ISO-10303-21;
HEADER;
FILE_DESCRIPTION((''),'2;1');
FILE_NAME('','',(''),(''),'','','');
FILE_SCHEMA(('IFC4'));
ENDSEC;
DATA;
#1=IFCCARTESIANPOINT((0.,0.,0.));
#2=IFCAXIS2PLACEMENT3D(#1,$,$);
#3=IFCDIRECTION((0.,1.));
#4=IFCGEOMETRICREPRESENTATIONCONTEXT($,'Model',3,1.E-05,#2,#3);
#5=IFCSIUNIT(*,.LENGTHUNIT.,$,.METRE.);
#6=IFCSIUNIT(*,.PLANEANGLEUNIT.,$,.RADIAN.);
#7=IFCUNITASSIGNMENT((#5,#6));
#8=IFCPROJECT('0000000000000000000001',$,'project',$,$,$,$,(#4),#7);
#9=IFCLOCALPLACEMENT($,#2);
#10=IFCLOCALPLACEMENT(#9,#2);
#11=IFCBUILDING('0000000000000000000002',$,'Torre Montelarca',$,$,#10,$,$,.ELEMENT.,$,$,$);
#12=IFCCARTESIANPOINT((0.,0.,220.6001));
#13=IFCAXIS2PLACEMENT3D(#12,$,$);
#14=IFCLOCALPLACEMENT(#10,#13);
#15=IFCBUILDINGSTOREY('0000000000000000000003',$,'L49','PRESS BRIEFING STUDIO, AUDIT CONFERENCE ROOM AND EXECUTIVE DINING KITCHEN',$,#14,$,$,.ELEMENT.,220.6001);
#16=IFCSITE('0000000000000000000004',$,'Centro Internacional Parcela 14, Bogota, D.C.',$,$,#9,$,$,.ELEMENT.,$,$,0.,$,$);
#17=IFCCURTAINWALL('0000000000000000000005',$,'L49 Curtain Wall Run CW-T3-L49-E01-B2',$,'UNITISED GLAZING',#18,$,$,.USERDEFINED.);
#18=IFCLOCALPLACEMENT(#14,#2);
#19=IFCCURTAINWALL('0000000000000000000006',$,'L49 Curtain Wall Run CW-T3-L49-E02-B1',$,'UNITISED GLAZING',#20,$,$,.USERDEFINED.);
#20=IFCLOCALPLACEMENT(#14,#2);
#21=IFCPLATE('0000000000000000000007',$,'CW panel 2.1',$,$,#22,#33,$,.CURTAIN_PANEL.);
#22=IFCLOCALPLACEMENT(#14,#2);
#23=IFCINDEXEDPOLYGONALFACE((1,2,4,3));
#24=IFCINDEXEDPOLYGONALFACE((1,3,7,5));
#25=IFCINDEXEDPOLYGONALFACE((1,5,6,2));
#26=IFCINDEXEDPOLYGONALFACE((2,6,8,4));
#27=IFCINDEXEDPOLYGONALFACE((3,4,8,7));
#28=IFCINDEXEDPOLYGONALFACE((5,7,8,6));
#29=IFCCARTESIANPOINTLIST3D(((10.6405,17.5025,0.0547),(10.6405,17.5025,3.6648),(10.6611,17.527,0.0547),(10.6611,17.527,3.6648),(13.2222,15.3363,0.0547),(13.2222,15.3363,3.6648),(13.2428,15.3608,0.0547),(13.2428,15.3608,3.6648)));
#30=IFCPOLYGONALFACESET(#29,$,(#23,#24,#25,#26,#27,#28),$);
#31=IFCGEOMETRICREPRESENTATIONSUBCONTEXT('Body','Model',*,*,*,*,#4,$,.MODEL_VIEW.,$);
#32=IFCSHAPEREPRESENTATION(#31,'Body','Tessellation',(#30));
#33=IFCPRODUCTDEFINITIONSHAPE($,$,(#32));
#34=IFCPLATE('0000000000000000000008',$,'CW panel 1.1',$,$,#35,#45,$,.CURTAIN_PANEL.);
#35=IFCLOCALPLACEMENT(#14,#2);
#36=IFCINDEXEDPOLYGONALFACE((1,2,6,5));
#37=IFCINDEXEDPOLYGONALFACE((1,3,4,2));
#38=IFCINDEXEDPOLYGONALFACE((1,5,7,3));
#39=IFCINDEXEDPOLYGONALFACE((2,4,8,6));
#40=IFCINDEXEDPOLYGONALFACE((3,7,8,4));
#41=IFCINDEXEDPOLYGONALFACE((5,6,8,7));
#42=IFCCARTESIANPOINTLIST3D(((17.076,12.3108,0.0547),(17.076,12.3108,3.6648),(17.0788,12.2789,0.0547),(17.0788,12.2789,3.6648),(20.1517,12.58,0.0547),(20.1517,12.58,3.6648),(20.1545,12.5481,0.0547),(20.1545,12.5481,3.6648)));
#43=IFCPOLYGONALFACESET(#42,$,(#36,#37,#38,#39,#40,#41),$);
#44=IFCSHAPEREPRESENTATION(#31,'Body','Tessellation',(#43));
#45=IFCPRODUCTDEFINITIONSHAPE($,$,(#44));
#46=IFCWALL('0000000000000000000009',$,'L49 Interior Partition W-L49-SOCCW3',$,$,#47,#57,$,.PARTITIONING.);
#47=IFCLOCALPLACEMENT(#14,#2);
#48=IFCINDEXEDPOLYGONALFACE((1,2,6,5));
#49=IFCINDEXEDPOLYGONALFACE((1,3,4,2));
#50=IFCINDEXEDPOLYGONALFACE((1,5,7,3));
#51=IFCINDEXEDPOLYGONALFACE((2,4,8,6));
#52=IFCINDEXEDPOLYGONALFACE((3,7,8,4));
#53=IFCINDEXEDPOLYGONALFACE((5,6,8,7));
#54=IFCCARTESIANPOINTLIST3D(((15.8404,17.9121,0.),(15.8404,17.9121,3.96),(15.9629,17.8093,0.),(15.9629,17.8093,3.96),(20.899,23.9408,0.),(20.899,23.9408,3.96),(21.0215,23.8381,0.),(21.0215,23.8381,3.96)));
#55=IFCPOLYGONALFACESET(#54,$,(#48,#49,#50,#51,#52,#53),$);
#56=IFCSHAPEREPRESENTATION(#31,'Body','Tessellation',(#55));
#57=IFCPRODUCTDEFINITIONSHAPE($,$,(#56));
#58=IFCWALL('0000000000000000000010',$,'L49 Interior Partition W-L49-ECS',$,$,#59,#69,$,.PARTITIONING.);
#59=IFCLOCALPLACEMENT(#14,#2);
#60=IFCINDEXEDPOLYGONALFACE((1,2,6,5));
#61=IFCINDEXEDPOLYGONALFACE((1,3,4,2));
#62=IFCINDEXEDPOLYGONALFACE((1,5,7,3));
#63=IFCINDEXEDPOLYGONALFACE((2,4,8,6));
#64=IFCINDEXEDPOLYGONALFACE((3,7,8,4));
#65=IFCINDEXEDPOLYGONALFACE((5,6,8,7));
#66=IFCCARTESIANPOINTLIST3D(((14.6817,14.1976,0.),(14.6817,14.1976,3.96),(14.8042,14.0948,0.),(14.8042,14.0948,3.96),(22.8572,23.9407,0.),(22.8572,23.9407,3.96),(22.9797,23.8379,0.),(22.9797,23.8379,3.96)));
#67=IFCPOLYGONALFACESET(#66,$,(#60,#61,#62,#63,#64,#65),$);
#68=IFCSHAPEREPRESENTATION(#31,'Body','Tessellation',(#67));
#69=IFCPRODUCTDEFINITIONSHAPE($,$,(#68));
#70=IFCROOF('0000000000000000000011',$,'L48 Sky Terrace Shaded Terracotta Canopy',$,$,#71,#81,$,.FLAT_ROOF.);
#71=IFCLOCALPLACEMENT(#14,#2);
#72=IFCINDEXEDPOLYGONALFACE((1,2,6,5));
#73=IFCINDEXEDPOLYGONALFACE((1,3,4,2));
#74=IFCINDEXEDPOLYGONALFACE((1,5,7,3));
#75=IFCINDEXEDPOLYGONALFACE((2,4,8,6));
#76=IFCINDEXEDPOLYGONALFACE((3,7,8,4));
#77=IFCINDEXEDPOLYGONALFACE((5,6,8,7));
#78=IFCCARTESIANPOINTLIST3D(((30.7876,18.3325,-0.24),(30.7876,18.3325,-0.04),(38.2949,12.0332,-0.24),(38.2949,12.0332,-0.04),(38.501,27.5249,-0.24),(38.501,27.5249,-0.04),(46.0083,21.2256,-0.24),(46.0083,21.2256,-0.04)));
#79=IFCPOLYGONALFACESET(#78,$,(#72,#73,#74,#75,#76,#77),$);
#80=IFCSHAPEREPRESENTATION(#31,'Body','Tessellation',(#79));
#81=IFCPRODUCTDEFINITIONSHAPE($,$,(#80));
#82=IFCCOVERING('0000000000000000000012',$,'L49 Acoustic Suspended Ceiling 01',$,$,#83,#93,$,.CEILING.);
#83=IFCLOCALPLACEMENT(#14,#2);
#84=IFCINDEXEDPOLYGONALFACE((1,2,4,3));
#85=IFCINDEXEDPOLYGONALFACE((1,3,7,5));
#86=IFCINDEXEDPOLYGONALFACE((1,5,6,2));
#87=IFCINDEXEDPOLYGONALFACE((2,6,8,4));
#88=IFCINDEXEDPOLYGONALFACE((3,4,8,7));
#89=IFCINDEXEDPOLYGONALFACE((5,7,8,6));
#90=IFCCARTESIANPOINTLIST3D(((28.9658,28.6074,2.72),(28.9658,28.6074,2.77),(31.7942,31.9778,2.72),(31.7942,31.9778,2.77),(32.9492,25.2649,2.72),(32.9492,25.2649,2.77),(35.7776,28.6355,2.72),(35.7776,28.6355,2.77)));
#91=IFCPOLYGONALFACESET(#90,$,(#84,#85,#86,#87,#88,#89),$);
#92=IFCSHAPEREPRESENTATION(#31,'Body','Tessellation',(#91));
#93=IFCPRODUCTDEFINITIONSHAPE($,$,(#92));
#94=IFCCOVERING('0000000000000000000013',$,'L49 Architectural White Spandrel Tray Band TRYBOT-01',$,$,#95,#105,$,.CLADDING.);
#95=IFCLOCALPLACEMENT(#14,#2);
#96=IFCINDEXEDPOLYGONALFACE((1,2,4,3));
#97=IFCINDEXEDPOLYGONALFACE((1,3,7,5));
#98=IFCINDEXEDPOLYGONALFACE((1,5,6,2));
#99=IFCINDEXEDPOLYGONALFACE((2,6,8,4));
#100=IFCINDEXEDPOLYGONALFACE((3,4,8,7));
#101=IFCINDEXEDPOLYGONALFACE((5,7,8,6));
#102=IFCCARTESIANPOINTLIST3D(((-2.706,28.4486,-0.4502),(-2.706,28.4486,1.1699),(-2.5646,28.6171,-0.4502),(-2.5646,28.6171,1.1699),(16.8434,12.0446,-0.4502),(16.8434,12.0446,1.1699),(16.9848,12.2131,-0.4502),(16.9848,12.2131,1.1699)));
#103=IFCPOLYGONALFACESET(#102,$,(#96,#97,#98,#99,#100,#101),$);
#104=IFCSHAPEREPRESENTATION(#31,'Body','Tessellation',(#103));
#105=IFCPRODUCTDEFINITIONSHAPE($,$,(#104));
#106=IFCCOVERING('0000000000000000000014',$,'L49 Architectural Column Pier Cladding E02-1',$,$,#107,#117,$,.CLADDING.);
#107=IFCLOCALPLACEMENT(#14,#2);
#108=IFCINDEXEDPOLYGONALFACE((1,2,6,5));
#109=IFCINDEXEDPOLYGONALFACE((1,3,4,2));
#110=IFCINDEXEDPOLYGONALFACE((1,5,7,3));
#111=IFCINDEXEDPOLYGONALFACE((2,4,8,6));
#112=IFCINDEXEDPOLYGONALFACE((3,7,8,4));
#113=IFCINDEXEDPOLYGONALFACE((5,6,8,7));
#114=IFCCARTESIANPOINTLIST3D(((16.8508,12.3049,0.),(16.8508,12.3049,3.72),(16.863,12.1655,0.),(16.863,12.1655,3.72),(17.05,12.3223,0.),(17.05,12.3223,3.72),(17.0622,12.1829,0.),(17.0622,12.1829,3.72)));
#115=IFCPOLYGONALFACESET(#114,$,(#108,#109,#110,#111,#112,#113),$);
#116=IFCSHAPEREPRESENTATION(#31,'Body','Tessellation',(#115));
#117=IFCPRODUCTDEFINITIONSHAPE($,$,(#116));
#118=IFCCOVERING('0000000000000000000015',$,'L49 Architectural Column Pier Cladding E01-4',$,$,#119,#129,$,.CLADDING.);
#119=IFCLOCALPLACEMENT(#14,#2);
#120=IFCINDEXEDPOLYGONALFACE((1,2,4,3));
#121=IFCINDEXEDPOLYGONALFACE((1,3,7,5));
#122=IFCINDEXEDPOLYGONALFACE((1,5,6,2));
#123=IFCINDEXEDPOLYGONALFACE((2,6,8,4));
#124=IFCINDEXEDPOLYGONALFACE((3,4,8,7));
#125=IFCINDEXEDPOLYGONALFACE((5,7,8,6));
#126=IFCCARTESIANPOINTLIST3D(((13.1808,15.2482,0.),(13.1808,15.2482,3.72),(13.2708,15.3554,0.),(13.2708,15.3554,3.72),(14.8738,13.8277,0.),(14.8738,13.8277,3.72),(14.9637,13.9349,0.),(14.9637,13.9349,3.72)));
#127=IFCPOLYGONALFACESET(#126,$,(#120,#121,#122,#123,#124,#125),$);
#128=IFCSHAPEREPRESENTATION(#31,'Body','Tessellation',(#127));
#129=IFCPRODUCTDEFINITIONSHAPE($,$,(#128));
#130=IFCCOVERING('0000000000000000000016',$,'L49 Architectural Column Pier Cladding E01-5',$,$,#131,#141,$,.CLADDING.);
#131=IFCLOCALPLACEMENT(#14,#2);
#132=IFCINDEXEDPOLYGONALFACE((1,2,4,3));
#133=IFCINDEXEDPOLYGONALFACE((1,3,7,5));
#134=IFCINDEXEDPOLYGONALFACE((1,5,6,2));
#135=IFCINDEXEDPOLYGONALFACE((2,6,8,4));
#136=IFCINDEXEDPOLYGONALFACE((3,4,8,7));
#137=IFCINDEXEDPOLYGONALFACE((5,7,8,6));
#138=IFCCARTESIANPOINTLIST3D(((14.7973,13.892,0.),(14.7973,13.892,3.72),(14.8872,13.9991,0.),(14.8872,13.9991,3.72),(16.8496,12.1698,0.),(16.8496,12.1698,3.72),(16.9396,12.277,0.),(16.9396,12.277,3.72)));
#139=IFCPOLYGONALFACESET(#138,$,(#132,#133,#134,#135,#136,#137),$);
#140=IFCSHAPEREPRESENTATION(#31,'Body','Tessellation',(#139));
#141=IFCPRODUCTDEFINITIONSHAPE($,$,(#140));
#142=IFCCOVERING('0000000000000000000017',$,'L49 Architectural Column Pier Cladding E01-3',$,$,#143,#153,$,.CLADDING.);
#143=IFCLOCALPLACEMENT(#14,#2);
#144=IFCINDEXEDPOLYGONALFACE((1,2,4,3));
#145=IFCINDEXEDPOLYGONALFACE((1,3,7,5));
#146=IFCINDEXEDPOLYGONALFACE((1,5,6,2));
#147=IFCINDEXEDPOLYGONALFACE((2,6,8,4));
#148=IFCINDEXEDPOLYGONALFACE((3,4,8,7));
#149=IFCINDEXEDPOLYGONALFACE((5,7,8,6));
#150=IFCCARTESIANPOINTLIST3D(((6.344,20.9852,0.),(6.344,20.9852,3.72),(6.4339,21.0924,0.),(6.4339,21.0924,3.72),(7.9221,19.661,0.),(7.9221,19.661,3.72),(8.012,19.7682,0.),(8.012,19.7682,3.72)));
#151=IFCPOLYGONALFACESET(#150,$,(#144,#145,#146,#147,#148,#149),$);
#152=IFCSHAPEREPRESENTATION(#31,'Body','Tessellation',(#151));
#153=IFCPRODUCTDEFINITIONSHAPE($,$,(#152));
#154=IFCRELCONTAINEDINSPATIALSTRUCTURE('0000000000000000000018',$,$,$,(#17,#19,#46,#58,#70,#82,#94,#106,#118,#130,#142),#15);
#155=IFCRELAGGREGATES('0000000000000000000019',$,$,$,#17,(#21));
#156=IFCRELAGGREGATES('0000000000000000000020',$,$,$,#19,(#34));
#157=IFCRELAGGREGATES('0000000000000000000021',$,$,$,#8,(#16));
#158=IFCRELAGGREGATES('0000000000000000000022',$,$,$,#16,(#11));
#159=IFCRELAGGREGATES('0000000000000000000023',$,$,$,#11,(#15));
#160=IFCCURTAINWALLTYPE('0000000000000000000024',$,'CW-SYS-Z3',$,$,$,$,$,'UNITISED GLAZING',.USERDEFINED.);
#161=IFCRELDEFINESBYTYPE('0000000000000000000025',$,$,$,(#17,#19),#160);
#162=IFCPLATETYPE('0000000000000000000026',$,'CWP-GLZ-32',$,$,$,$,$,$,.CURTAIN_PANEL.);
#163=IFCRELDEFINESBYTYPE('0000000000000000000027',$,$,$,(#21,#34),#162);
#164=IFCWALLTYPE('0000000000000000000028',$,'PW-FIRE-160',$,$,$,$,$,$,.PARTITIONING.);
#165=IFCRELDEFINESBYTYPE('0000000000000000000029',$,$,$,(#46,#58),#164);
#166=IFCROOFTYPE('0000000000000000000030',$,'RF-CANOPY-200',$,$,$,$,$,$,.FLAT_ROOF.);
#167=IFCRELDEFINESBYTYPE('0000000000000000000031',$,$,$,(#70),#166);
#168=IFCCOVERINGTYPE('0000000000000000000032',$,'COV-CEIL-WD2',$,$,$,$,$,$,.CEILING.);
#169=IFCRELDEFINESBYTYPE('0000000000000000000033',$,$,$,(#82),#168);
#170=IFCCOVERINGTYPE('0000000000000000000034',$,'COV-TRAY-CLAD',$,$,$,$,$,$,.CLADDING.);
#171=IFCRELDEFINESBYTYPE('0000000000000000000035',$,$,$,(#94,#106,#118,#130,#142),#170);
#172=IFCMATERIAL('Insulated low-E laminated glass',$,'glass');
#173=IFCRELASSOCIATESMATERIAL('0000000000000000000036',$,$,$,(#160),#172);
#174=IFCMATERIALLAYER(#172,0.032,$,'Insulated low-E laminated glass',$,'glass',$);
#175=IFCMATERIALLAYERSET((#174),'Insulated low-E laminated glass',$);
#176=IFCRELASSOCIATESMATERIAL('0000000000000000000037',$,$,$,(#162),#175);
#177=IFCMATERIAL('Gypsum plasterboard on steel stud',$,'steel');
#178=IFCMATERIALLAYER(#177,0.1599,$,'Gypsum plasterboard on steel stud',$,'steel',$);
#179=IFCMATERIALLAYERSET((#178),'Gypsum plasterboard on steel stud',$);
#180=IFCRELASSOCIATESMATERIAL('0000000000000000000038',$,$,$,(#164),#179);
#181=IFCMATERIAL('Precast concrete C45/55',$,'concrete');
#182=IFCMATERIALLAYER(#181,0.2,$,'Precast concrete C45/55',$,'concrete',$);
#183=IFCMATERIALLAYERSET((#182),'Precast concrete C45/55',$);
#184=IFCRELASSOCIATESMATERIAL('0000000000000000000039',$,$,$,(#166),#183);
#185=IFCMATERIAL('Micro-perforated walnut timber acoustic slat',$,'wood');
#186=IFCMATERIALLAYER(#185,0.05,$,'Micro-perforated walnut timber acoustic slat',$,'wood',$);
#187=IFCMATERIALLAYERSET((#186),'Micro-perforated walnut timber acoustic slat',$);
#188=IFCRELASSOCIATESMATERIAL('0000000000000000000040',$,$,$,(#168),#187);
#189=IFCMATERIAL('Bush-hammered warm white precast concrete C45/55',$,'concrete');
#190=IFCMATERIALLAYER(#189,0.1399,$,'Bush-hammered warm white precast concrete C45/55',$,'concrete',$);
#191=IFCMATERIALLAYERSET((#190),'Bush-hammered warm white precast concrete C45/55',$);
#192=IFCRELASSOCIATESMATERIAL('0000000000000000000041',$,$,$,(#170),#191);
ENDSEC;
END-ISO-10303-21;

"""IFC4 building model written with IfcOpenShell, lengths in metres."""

from ifc_helpers import new_model, si_unit, direction, frame, frame_2d, origin, origin_2d, place, context, subcontext, project, spatial, polyline, rectangle, outline, extrude, source, transform, mapped, material, layer, layer_set, type_object, element, aggregate, save


model = new_model("IFC4")

# Units and contexts
model_context = context("Model", 3, precision=1e-05, world=origin(), true_north=direction((0.0, 1.0)))
body_context = subcontext(model_context, "Body", "Model", "MODEL_VIEW")
ifc_project = project(units=[si_unit("LENGTHUNIT", "METRE"), si_unit("PLANEANGLEUNIT", "RADIAN")], contexts=[model_context])

# Site, building, storey
site_placement = place(None, origin())
site = spatial("IfcSite", under=ifc_project, at=site_placement, Name="Centro Internacional Parcela 14, Bogota, D.C.", CompositionType="ELEMENT", RefElevation=0.0)
building_placement = place(site_placement, origin())
building = spatial("IfcBuilding", under=site, at=building_placement, Name="Torre Montelarca", CompositionType="ELEMENT")
storey_placement = place(building_placement, frame((0.0, 0.0, 220.6001)))
storey = spatial("IfcBuildingStorey", under=building, at=storey_placement, Name="L49", Description="PRESS BRIEFING STUDIO, AUDIT CONFERENCE ROOM AND EXECUTIVE DINING KITCHEN", CompositionType="ELEMENT", Elevation=220.6001)

# Curtain walls
ifc_material_1 = material(Name="Insulated low-E laminated glass", Category="glass")
curtain_wall_type = type_object("IfcCurtainWallType", Name="CW-SYS-Z3", ElementType="UNITISED GLAZING", PredefinedType="USERDEFINED", material=ifc_material_1)
curtain_wall_1_placement = place(storey_placement, origin())
curtain_wall_1 = element("IfcCurtainWall", 1, at=curtain_wall_1_placement, inside=storey, type_object=curtain_wall_type, Name="L49 Curtain Wall Run CW-T3-L49-E01-B2", ObjectType="UNITISED GLAZING", PredefinedType="USERDEFINED")
curtain_wall_2_placement = place(storey_placement, origin())
curtain_wall_2 = element("IfcCurtainWall", 2, at=curtain_wall_2_placement, inside=storey, type_object=curtain_wall_type, Name="L49 Curtain Wall Run CW-T3-L49-E02-B1", ObjectType="UNITISED GLAZING", PredefinedType="USERDEFINED")

# Plates
ifc_layer_1 = layer(ifc_material_1, 0.032, Name="Insulated low-E laminated glass", Category="glass")
ifc_layer_set_1 = layer_set([ifc_layer_1], Name="Insulated low-E laminated glass")
plate_type = type_object("IfcPlateType", Name="CWP-GLZ-32", PredefinedType="CURTAIN_PANEL", material=ifc_layer_set_1)
shared_shape_1 = source(origin(), body_context, "Body", "SweptSolid", [
    extrude(rectangle(XDim=3.3701, YDim=0.032, at=origin_2d()), origin(), (0.0, 0.0, 1.0), 3.6101),
])
plate_1_placement = place(storey_placement, frame((11.9417, 16.4316, 0.0547), z_axis=(0.0, 0.0, 1.0), x_axis=(0.766046, -0.642786, 0.0)))
plate_1 = element("IfcPlate", 3, at=plate_1_placement, type_object=plate_type, Name="CW panel 2.1", PredefinedType="CURTAIN_PANEL", context=body_context, shape_type="MappedRepresentation", body=[
    mapped(shared_shape_1, transform((0.0, 0.0, 0.0), scale=1.0)),
])
aggregate(curtain_wall_1, [plate_1])
shared_shape_2 = source(origin(), body_context, "Body", "SweptSolid", [
    extrude(rectangle(XDim=3.0874, YDim=0.032, at=origin_2d()), origin(), (0.0, 0.0, 1.0), 3.6101),
])
plate_2_placement = place(storey_placement, frame((18.6152, 12.4294, 0.0547), z_axis=(0.0, 0.0, 1.0), x_axis=(0.996192, 0.087189, 0.0)))
plate_2 = element("IfcPlate", 4, at=plate_2_placement, type_object=plate_type, Name="CW panel 1.1", PredefinedType="CURTAIN_PANEL", context=body_context, shape_type="MappedRepresentation", body=[
    mapped(shared_shape_2, transform((0.0, 0.0, 0.0), scale=1.0)),
])
aggregate(curtain_wall_2, [plate_2])

# Walls
ifc_material_2 = material(Name="Gypsum plasterboard on steel stud", Category="steel")
ifc_layer_2 = layer(ifc_material_2, 0.1599, Name="Gypsum plasterboard on steel stud", Category="steel")
ifc_layer_set_2 = layer_set([ifc_layer_2], Name="Gypsum plasterboard on steel stud")
wall_type = type_object("IfcWallType", Name="PW-FIRE-160", PredefinedType="PARTITIONING", material=ifc_layer_set_2)
wall_1_placement = place(storey_placement, frame((15.9016, 17.8606, 0.0), z_axis=(0.0, 0.0, 1.0), x_axis=(0.642774, 0.766056, 0.0)))
element("IfcWall", 5, at=wall_1_placement, inside=storey, type_object=wall_type, Name="L49 Interior Partition W-L49-SOCCW3", PredefinedType="PARTITIONING", context=body_context, shape_type="SweptSolid", body=[
    extrude(rectangle(XDim=7.8699, YDim=0.1599, at=frame_2d((3.9351, 0.0))), origin(), (0.0, 0.0, 1.0), 3.96),
])
wall_2_placement = place(storey_placement, frame((14.7429, 14.1462, 0.0), z_axis=(0.0, 0.0, 1.0), x_axis=(0.64279, 0.766042, 0.0)))
element("IfcWall", 6, at=wall_2_placement, inside=storey, type_object=wall_type, Name="L49 Interior Partition W-L49-ECS", PredefinedType="PARTITIONING", context=body_context, shape_type="SweptSolid", body=[
    extrude(rectangle(XDim=12.7188, YDim=0.1599, at=frame_2d((6.3594, 0.0))), origin(), (0.0, 0.0, 1.0), 3.96),
])

# Roof
ifc_material_3 = material(Name="Precast concrete C45/55", Category="concrete")
ifc_layer_3 = layer(ifc_material_3, 0.2, Name="Precast concrete C45/55", Category="concrete")
ifc_layer_set_3 = layer_set([ifc_layer_3], Name="Precast concrete C45/55")
roof_type = type_object("IfcRoofType", Name="RF-CANOPY-200", PredefinedType="FLAT_ROOF", material=ifc_layer_set_3)
roof_placement = place(storey_placement, frame((0.0, 0.0, -0.24)))
element("IfcRoof", 7, at=roof_placement, inside=storey, type_object=roof_type, Name="L48 Sky Terrace Shaded Terracotta Canopy", PredefinedType="FLAT_ROOF", context=body_context, shape_type="SweptSolid", body=[
    extrude(outline(polyline([(30.7876, 18.3325), (38.2949, 12.0332), (46.0083, 21.2256), (38.501, 27.5249), (30.7876, 18.3325)])), origin(), (0.0, 0.0, 1.0), 0.2),
])

# Coverings
ifc_material_4 = material(Name="Micro-perforated walnut timber acoustic slat", Category="wood")
ifc_layer_4 = layer(ifc_material_4, 0.05, Name="Micro-perforated walnut timber acoustic slat", Category="wood")
ifc_layer_set_4 = layer_set([ifc_layer_4], Name="Micro-perforated walnut timber acoustic slat")
covering_type_1 = type_object("IfcCoveringType", Name="COV-CEIL-WD2", PredefinedType="CEILING", material=ifc_layer_set_4)
covering_1_placement = place(storey_placement, frame((0.0, 0.0, 2.72)))
element("IfcCovering", 8, at=covering_1_placement, inside=storey, type_object=covering_type_1, Name="L49 Acoustic Suspended Ceiling 01", PredefinedType="CEILING", context=body_context, shape_type="SweptSolid", body=[
    extrude(outline(polyline([(28.9658, 28.6074), (32.9492, 25.2649), (35.7776, 28.6355), (31.7942, 31.9778), (28.9658, 28.6074)])), origin(), (0.0, 0.0, 1.0), 0.05),
])
ifc_material_5 = material(Name="Bush-hammered warm white precast concrete C45/55", Category="concrete")
ifc_layer_5 = layer(ifc_material_5, 0.1399, Name="Bush-hammered warm white precast concrete C45/55", Category="concrete")
ifc_layer_set_5 = layer_set([ifc_layer_5], Name="Bush-hammered warm white precast concrete C45/55")
covering_type_2 = type_object("IfcCoveringType", Name="COV-TRAY-CLAD", PredefinedType="CLADDING", material=ifc_layer_set_5)
shared_shape_3 = source(origin(), body_context, "Body", "SweptSolid", [
    extrude(rectangle(XDim=25.52, YDim=0.22, at=origin_2d()), origin(), (0.0, 0.0, 1.0), 1.6201),
])
covering_2_placement = place(storey_placement, frame((7.1394, 20.3308, -0.4502), z_axis=(0.0, 0.0, 1.0), x_axis=(0.766043, -0.642789, 0.0)))
element("IfcCovering", 9, at=covering_2_placement, inside=storey, type_object=covering_type_2, Name="L49 Architectural White Spandrel Tray Band TRYBOT-01", PredefinedType="CLADDING", context=body_context, shape_type="MappedRepresentation", body=[
    mapped(shared_shape_3, transform((0.0, 0.0, 0.0), scale=1.0)),
])
shared_shape_4 = source(origin(), body_context, "Body", "SweptSolid", [
    extrude(rectangle(XDim=0.2, YDim=0.1399, at=origin_2d()), origin(), (0.0, 0.0, 1.0), 3.72),
])
covering_3_placement = place(storey_placement, frame((16.9565, 12.2439, 0.0), z_axis=(0.0, 0.0, 1.0), x_axis=(0.996192, 0.087184, 0.0)))
element("IfcCovering", 10, at=covering_3_placement, inside=storey, type_object=covering_type_2, Name="L49 Architectural Column Pier Cladding E02-1", PredefinedType="CLADDING", context=body_context, shape_type="MappedRepresentation", body=[
    mapped(shared_shape_4, transform((0.0, 0.0, 0.0), scale=1.0)),
])
shared_shape_5 = source(origin(), body_context, "Body", "SweptSolid", [
    extrude(rectangle(XDim=2.21, YDim=0.1399, at=origin_2d()), origin(), (0.0, 0.0, 1.0), 3.72),
])
covering_4_placement = place(storey_placement, frame((14.0723, 14.5916, 0.0), z_axis=(0.0, 0.0, 1.0), x_axis=(0.766042, -0.64279, 0.0)))
element("IfcCovering", 11, at=covering_4_placement, inside=storey, type_object=covering_type_2, Name="L49 Architectural Column Pier Cladding E01-4", PredefinedType="CLADDING", context=body_context, shape_type="MappedRepresentation", body=[
    mapped(shared_shape_5, transform((0.0, 0.0, 0.0), scale=1.0)),
])
shared_shape_6 = source(origin(), body_context, "Body", "SweptSolid", [
    extrude(rectangle(XDim=2.6792, YDim=0.1399, at=origin_2d()), origin(), (0.0, 0.0, 1.0), 3.72),
])
covering_5_placement = place(storey_placement, frame((15.8684, 13.0845, 0.0), z_axis=(0.0, 0.0, 1.0), x_axis=(0.766042, -0.64279, 0.0)))
element("IfcCovering", 12, at=covering_5_placement, inside=storey, type_object=covering_type_2, Name="L49 Architectural Column Pier Cladding E01-5", PredefinedType="CLADDING", context=body_context, shape_type="MappedRepresentation", body=[
    mapped(shared_shape_6, transform((0.0, 0.0, 0.0), scale=1.0)),
])
shared_shape_7 = source(origin(), body_context, "Body", "SweptSolid", [
    extrude(rectangle(XDim=2.0601, YDim=0.1399, at=origin_2d()), origin(), (0.0, 0.0, 1.0), 3.72),
])
covering_6_placement = place(storey_placement, frame((7.178, 20.3767, 0.0), z_axis=(0.0, 0.0, 1.0), x_axis=(0.766042, -0.64279, 0.0)))
element("IfcCovering", 13, at=covering_6_placement, inside=storey, type_object=covering_type_2, Name="L49 Architectural Column Pier Cladding E01-3", PredefinedType="CLADDING", context=body_context, shape_type="MappedRepresentation", body=[
    mapped(shared_shape_7, transform((0.0, 0.0, 0.0), scale=1.0)),
])

save(model, "model.ifc")
